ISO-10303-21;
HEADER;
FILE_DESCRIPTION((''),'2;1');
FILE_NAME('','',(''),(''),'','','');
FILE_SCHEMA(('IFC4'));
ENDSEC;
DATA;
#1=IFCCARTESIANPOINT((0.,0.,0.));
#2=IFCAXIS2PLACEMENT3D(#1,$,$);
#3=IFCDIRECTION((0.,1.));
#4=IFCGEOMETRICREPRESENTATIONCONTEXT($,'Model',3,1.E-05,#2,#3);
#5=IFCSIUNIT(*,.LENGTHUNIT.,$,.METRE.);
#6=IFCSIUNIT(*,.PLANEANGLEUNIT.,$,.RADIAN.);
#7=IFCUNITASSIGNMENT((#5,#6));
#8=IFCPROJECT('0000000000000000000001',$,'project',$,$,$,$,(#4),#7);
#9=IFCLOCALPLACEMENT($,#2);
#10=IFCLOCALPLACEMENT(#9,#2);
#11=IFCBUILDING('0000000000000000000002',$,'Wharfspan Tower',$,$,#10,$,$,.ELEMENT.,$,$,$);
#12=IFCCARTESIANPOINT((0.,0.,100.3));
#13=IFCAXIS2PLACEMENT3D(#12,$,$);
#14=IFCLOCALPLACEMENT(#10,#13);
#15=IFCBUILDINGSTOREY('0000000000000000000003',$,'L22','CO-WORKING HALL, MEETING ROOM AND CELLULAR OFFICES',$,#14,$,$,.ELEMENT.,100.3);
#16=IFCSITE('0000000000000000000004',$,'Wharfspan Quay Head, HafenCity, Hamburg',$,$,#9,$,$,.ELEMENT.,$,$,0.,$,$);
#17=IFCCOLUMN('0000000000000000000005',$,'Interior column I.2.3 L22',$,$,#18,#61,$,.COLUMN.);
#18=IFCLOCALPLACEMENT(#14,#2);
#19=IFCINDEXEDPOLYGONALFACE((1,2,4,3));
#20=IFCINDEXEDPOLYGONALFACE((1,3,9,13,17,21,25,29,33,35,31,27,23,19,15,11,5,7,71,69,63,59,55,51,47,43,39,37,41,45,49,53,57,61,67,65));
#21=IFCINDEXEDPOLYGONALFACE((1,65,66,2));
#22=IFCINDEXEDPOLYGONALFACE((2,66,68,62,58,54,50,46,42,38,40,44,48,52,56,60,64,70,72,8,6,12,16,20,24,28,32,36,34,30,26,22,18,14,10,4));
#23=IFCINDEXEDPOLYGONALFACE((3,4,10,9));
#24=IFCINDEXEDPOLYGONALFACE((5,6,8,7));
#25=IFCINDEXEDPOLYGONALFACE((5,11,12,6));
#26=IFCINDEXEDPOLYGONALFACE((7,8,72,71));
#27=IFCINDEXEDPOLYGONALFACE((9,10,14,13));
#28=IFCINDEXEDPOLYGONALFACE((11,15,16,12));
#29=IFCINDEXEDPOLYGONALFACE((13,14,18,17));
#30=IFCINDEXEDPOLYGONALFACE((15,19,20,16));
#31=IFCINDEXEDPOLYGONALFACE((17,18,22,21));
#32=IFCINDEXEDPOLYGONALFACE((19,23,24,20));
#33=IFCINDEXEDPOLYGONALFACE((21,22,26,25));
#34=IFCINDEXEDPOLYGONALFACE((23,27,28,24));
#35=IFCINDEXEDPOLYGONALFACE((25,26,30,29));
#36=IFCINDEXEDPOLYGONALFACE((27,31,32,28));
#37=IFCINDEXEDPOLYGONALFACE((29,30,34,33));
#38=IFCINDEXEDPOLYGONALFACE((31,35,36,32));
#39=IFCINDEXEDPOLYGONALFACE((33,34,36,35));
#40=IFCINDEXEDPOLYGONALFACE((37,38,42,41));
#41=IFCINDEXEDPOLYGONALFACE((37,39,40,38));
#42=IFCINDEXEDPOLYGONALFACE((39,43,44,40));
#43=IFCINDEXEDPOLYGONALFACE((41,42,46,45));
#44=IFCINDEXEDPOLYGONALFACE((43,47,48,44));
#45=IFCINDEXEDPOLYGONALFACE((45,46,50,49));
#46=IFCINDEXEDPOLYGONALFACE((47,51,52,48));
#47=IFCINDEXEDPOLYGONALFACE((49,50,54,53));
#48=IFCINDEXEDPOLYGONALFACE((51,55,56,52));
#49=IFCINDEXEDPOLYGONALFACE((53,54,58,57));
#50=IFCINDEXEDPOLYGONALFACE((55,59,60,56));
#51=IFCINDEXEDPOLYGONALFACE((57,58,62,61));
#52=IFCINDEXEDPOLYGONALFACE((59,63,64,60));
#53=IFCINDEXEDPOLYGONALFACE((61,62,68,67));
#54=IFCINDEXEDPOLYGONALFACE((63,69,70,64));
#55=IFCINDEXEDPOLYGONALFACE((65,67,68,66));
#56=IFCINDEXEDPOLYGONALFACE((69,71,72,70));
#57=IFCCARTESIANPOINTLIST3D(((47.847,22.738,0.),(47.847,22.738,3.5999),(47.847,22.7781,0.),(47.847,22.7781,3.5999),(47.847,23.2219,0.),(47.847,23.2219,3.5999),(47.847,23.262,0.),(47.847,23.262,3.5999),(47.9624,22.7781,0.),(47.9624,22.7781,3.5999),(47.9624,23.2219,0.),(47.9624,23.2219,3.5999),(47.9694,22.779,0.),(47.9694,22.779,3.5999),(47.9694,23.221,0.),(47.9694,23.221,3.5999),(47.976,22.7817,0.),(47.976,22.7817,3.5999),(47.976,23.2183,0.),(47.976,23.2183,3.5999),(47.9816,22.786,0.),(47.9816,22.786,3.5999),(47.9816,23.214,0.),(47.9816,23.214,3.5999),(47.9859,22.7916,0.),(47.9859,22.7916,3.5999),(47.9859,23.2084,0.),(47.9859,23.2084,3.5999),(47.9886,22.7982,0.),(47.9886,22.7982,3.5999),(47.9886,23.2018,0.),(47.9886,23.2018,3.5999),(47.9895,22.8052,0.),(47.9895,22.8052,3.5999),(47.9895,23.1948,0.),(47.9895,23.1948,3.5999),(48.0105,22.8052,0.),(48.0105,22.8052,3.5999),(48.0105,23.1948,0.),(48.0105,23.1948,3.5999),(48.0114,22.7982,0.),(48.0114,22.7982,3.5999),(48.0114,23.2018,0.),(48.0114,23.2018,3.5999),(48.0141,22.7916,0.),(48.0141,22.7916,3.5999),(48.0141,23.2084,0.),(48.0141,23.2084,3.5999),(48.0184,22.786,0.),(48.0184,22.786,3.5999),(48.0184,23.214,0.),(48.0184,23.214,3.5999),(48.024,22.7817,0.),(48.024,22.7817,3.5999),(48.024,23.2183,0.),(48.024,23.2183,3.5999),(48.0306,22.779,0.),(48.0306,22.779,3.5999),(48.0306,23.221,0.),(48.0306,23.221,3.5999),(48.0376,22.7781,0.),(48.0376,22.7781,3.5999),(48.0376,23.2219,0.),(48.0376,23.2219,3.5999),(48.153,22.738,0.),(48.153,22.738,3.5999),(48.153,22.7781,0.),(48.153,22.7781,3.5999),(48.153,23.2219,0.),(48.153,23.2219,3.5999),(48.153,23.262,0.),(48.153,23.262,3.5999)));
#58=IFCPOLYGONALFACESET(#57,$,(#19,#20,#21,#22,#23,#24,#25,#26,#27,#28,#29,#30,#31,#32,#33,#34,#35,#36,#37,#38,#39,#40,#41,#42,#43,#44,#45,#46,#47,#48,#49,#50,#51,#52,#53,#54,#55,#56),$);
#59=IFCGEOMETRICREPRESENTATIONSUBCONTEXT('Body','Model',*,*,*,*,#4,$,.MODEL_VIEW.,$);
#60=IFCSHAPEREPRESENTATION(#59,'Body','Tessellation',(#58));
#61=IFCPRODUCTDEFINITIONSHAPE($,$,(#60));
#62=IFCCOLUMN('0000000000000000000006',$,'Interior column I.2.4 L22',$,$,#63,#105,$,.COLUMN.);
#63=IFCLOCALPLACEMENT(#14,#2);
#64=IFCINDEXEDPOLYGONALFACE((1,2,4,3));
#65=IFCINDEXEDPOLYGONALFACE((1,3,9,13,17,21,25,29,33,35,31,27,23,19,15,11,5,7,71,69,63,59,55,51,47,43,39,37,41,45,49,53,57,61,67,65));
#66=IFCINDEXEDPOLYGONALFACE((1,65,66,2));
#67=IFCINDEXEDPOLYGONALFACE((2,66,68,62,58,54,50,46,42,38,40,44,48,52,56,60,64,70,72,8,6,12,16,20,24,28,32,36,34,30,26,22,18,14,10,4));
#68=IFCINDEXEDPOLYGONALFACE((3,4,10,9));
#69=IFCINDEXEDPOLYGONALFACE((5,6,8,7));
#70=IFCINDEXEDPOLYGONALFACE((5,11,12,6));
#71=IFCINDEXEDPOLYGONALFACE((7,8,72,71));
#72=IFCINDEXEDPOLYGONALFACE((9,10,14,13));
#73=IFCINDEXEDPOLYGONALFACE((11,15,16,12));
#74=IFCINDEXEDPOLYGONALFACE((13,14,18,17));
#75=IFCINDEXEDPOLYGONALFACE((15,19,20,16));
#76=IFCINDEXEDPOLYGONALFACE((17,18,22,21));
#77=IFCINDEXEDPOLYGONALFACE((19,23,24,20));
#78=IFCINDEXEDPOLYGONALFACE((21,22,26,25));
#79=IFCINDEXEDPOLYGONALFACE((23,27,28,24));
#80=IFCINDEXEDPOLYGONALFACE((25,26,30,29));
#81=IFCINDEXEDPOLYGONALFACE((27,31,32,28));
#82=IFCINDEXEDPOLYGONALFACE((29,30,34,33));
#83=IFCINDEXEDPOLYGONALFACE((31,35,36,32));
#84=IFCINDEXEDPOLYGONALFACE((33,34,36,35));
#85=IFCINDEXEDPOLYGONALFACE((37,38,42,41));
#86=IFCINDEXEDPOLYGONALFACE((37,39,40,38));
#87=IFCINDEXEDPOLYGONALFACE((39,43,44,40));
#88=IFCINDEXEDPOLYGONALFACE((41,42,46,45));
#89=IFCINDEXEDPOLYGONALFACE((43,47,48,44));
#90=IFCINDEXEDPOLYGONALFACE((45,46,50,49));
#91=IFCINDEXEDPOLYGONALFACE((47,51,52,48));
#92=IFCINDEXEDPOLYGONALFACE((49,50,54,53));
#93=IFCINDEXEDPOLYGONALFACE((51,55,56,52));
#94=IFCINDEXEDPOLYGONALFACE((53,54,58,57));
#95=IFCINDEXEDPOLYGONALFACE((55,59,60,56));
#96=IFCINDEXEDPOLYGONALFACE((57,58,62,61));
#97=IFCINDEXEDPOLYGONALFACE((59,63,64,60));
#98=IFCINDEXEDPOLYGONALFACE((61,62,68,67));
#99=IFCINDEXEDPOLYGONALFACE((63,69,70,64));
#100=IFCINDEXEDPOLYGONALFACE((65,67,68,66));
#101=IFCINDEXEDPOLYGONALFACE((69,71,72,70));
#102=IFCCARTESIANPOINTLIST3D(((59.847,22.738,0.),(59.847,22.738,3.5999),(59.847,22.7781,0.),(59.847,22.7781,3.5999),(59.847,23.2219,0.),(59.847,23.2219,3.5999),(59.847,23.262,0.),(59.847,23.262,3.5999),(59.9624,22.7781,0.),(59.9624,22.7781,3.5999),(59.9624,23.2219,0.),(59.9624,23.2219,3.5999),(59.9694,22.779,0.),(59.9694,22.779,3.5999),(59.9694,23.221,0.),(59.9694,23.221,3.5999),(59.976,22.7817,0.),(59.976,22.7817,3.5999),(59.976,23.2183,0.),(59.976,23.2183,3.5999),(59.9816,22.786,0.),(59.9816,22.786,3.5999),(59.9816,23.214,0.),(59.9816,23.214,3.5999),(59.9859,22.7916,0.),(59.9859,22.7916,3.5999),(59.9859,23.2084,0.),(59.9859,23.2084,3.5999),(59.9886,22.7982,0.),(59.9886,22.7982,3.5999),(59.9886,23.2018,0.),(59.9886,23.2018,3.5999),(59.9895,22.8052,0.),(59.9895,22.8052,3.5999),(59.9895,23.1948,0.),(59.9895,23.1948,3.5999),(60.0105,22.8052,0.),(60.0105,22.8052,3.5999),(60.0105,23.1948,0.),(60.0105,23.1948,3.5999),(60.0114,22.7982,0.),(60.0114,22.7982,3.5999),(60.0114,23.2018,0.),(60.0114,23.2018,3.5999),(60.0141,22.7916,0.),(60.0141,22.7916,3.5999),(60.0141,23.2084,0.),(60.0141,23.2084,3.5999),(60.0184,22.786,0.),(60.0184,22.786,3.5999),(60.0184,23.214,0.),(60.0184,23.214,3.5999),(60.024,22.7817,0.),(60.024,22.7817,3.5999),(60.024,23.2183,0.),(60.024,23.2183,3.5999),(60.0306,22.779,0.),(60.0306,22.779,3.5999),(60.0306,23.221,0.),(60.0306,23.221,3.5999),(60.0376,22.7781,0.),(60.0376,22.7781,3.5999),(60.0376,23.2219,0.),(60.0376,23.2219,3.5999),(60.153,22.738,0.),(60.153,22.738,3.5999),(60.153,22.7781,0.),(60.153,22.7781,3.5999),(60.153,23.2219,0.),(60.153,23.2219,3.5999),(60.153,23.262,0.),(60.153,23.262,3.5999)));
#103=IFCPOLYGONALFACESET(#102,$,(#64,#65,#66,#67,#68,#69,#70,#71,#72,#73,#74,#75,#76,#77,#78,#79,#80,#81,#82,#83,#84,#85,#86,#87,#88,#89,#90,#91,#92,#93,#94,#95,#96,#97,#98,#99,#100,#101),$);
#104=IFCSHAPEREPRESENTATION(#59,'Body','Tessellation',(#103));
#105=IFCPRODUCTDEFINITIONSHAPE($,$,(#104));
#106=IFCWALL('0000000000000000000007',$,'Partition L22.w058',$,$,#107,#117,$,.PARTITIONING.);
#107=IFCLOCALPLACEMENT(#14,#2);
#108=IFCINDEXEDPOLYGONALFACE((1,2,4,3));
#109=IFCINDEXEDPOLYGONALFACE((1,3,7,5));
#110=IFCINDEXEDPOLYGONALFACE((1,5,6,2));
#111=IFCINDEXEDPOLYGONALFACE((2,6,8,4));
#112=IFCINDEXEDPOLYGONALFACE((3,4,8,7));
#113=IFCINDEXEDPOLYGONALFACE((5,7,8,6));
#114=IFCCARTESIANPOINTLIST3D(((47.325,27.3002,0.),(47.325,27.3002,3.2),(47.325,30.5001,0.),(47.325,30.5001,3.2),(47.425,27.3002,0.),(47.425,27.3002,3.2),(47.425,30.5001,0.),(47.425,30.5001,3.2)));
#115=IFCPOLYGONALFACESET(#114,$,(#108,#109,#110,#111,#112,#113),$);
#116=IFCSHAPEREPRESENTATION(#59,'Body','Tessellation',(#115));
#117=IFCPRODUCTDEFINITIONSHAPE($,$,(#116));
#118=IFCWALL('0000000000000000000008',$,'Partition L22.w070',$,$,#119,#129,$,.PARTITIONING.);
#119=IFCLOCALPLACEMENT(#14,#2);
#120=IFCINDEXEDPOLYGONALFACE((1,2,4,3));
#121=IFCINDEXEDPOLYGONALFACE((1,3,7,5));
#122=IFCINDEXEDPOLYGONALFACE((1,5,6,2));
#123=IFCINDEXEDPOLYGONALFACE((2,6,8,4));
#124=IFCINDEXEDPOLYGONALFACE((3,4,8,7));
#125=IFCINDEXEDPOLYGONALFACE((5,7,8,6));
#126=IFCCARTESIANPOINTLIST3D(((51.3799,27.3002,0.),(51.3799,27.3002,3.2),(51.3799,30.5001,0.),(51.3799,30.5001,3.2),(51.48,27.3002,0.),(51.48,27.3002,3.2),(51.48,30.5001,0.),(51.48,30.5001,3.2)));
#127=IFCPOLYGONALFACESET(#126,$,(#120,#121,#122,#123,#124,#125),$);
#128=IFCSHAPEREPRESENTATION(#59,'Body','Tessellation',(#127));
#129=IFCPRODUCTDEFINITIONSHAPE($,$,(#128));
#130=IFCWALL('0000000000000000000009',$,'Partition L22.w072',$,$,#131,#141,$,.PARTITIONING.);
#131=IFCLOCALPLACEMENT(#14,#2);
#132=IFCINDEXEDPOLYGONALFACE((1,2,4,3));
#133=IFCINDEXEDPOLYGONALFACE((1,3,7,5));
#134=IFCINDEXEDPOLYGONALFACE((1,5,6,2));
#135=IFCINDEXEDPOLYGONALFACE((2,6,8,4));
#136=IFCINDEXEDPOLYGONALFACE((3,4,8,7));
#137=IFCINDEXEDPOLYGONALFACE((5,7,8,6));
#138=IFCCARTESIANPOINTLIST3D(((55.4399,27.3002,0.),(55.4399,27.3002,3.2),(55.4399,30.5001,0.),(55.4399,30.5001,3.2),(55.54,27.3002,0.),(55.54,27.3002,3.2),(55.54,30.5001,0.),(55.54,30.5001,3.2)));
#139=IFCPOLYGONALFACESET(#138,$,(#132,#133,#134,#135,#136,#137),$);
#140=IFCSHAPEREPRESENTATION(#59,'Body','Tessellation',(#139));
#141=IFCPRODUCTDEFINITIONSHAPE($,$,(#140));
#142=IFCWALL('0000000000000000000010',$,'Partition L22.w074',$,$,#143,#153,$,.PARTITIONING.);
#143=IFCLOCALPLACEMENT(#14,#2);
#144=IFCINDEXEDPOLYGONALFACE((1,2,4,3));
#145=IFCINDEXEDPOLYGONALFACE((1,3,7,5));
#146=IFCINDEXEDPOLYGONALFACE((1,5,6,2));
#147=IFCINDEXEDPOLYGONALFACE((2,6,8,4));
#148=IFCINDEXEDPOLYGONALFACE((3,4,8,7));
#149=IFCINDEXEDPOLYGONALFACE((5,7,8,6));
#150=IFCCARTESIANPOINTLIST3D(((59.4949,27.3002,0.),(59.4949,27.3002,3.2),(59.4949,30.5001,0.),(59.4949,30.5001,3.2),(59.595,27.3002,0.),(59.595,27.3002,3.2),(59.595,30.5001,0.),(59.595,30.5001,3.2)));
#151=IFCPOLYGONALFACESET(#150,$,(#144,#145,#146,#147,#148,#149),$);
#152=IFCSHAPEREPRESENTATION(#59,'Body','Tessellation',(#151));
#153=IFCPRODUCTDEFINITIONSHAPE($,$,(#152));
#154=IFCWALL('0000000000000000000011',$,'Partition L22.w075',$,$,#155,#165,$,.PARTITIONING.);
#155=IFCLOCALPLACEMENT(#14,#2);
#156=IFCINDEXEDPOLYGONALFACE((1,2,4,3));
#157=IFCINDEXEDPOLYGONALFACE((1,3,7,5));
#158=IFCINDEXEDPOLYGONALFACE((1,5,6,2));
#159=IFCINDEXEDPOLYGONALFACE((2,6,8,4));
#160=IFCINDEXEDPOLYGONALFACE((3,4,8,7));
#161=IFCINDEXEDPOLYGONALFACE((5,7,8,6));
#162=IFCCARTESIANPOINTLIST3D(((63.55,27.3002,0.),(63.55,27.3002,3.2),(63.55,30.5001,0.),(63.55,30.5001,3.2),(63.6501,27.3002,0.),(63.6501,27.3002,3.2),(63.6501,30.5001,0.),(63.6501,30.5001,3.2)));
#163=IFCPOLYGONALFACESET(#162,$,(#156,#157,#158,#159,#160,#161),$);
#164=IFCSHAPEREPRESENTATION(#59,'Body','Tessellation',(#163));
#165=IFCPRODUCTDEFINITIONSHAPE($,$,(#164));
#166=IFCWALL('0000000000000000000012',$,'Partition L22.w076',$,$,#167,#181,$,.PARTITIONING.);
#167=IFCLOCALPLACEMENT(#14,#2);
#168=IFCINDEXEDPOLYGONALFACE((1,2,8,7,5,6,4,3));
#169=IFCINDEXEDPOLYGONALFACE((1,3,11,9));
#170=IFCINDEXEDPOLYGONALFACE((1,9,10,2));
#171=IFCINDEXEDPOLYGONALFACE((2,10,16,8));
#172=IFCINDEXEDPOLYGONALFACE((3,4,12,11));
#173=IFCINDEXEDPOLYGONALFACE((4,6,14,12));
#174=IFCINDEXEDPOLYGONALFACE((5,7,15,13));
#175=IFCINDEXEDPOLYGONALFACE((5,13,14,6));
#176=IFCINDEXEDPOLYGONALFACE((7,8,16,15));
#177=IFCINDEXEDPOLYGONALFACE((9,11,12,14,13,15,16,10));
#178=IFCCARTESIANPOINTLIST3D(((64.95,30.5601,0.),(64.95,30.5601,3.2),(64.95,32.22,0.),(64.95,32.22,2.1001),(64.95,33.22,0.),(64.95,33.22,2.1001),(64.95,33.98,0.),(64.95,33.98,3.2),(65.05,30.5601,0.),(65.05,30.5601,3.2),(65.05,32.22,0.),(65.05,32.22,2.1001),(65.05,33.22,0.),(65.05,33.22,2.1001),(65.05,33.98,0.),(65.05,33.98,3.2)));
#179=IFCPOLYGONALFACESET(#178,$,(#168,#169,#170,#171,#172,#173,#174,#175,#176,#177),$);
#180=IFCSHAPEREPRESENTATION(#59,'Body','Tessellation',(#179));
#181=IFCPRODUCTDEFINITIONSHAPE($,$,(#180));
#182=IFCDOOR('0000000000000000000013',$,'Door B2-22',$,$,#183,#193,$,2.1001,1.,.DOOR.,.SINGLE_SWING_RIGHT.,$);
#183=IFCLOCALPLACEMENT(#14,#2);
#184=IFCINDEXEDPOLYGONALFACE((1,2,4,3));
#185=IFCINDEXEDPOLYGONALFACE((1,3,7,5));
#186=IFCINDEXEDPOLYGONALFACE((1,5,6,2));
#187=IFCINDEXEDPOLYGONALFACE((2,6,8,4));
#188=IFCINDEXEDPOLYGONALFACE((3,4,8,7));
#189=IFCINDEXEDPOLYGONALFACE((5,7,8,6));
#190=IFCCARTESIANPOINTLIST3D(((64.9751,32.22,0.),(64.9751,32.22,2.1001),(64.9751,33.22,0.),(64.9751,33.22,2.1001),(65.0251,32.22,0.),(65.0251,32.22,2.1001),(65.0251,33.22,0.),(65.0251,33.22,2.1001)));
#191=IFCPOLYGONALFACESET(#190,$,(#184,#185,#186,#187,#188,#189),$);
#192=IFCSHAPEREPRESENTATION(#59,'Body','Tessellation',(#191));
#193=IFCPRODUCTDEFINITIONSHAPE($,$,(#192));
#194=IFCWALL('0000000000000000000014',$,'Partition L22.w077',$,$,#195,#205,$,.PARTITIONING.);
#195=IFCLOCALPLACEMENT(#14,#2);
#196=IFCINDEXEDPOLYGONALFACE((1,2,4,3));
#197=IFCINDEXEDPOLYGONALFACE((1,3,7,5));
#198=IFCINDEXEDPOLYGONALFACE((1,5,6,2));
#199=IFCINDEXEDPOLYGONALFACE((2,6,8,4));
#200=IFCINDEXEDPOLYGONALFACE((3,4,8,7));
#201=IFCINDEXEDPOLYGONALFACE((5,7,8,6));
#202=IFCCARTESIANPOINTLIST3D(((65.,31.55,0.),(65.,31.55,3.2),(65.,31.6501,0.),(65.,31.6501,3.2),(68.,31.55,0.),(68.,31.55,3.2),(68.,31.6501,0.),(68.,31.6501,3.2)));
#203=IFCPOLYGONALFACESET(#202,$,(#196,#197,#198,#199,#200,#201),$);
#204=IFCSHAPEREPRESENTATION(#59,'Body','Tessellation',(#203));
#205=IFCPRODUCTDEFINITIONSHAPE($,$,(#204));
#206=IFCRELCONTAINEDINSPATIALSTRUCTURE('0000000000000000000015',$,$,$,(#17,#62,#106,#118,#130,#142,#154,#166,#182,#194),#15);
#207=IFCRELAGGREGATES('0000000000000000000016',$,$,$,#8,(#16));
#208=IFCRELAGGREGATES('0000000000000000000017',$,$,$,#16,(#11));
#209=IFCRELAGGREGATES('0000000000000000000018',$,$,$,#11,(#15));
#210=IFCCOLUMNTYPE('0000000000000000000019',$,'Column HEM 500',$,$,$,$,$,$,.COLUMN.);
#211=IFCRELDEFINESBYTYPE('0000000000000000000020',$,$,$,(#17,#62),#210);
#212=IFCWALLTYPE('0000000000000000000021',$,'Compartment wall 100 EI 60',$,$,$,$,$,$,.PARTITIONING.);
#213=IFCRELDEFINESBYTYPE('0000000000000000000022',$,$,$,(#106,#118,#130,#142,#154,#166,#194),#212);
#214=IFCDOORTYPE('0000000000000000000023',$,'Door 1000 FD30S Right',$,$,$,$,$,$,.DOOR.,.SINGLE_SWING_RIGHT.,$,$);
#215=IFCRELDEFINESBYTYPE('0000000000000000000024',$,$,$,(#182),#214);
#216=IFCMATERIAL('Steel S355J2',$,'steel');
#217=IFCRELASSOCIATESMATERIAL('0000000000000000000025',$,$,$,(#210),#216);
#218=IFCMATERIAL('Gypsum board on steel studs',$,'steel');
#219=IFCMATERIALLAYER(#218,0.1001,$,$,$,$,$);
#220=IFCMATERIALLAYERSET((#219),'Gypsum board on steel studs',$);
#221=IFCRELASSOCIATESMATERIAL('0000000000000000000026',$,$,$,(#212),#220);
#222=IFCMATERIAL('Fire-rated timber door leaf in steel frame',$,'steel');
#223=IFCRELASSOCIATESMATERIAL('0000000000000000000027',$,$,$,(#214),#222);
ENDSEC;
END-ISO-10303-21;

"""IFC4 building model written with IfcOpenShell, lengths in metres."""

from ifc_helpers import new_model, si_unit, direction, frame, frame_2d, origin, origin_2d, place, context, subcontext, project, spatial, rectangle, i_section, extrude, material, layer, layer_set, material_profile, profile_set, type_object, element, fill, save


model = new_model("IFC4")

# Units and contexts
model_context = context("Model", 3, precision=1e-05, world=origin(), true_north=direction((0.0, 1.0)))
body_context = subcontext(model_context, "Body", "Model", "MODEL_VIEW")
ifc_project = project(units=[si_unit("LENGTHUNIT", "METRE"), si_unit("PLANEANGLEUNIT", "RADIAN")], contexts=[model_context])

# Site, building, storey
site_placement = place(None, origin())
site = spatial("IfcSite", under=ifc_project, at=site_placement, Name="Wharfspan Quay Head, HafenCity, Hamburg", CompositionType="ELEMENT", RefElevation=0.0)
building_placement = place(site_placement, origin())
building = spatial("IfcBuilding", under=site, at=building_placement, Name="Wharfspan Tower", CompositionType="ELEMENT")
storey_placement = place(building_placement, frame((0.0, 0.0, 100.3)))
storey = spatial("IfcBuildingStorey", under=building, at=storey_placement, Name="L22", Description="CO-WORKING HALL, MEETING ROOM AND CELLULAR OFFICES", CompositionType="ELEMENT", Elevation=100.3)

# Columns
ifc_material_1 = material(Name="Steel S355J2", Category="steel")
ifc_material_profile = material_profile(ifc_material_1, i_section(OverallWidth=0.3059, OverallDepth=0.5239, WebThickness=0.021, FlangeThickness=0.04, FilletRadius=0.0271, at=origin_2d()))
ifc_profile_set = profile_set([ifc_material_profile], Name="Steel S355J2")
column_type = type_object("IfcColumnType", Name="Column HEM 500", PredefinedType="COLUMN", material=ifc_profile_set)
for number, where, z_axis, x_axis, name in (
    (1, (48.0, 23.0, 0.0), (0.0, 0.0, 1.0), (1.0, 0.0, 0.0), "Interior column I.2.3 L22"),
    (2, (60.0, 23.0, 0.0), (0.0, 0.0, 1.0), (1.0, 0.0, 0.0), "Interior column I.2.4 L22"),
):
    element("IfcColumn", number, at=place(storey_placement, frame(where, z_axis=z_axis, x_axis=x_axis)), inside=storey, type_object=column_type, Name=name, PredefinedType="COLUMN", context=body_context, shape_type="SweptSolid", body=[
        extrude(i_section(OverallWidth=0.3059, OverallDepth=0.5239, WebThickness=0.021, FlangeThickness=0.04, FilletRadius=0.0271, at=origin_2d()), origin(), (0.0, 0.0, 1.0), 3.5999),
    ])

# Walls
ifc_material_2 = material(Name="Gypsum board on steel studs", Category="steel")
ifc_layer_1 = layer(ifc_material_2, 0.1001)
ifc_layer_set_1 = layer_set([ifc_layer_1], Name="Gypsum board on steel studs")
wall_type_1 = type_object("IfcWallType", Name="Compartment wall 100 EI 60", PredefinedType="PARTITIONING", material=ifc_layer_set_1)
for number, where, z_axis, x_axis, name in (
    (3, (47.375, 27.3, 0.0), (0.0, 0.0, 1.0), (0.0, 1.0, 0.0), "Partition L22.w058"),
    (4, (51.4299, 27.3, 0.0), (0.0, 0.0, 1.0), (0.0, 1.0, 0.0), "Partition L22.w070"),
    (5, (55.49, 27.3, 0.0), (0.0, 0.0, 1.0), (0.0, 1.0, 0.0), "Partition L22.w072"),
    (6, (59.5449, 27.3, 0.0), (0.0, 0.0, 1.0), (0.0, 1.0, 0.0), "Partition L22.w074"),
    (7, (63.6001, 27.3, 0.0), (0.0, 0.0, 1.0), (0.0, 1.0, 0.0), "Partition L22.w075"),
):
    element("IfcWall", number, at=place(storey_placement, frame(where, z_axis=z_axis, x_axis=x_axis)), inside=storey, type_object=wall_type_1, Name=name, PredefinedType="PARTITIONING", context=body_context, shape_type="SweptSolid", body=[
        extrude(rectangle(XDim=3.2, YDim=0.1001, at=frame_2d((1.6001, 0.0))), origin(), (0.0, 0.0, 1.0), 3.2),
    ])

# Wall, opening, door
wall_1_placement = place(storey_placement, frame((65.0, 30.5601, 0.0), z_axis=(0.0, 0.0, 1.0), x_axis=(0.0, 1.0, 0.0)))
wall_1 = element("IfcWall", 8, at=wall_1_placement, inside=storey, type_object=wall_type_1, Name="Partition L22.w076", PredefinedType="PARTITIONING", context=body_context, shape_type="SweptSolid", body=[
    extrude(rectangle(XDim=3.4199, YDim=0.1001, at=frame_2d((1.71, 0.0))), origin(), (0.0, 0.0, 1.0), 3.2),
])
opening_1_placement = place(wall_1_placement, frame((1.6599, 0.0, 0.0)))
opening_1 = element("IfcOpeningElement", 9, at=opening_1_placement, cuts=wall_1, PredefinedType="OPENING", context=body_context, shape_type="SweptSolid", body=[
    extrude(rectangle(XDim=1.0, YDim=2.1001, at=frame_2d((0.5, 1.05))), frame((0.0, 0.0601, 0.0), z_axis=(0.0, -1.0, 0.0), x_axis=(1.0, 0.0, 0.0)), (0.0, 0.0, 1.0), 0.1201),
])
ifc_material_3 = material(Name="Fire-rated timber door leaf in steel frame", Category="steel")
door_type_1 = type_object("IfcDoorType", Name="Door 1000 FD30S Right", OperationType="SINGLE_SWING_RIGHT", PredefinedType="DOOR", material=ifc_material_3)
door_1_placement = place(opening_1_placement, origin())
door_1 = element("IfcDoor", 10, at=door_1_placement, inside=storey, type_object=door_type_1, Name="Door B2-22", OperationType="SINGLE_SWING_RIGHT", OverallHeight=2.1001, OverallWidth=1.0, PredefinedType="DOOR", context=body_context, shape_type="SweptSolid", body=[
    extrude(rectangle(XDim=1.0, YDim=2.1001, at=frame_2d((0.5, 1.05))), frame((0.0, 0.0249, 0.0), z_axis=(0.0, -1.0, 0.0), x_axis=(1.0, 0.0, 0.0)), (0.0, 0.0, 1.0), 0.05),
])
fill(opening_1, door_1)

# Wall
wall_2_placement = place(storey_placement, frame((65.0, 31.6001, 0.0), z_axis=(0.0, 0.0, 1.0), x_axis=(1.0, 0.0, 0.0)))
element("IfcWall", 11, at=wall_2_placement, inside=storey, type_object=wall_type_1, Name="Partition L22.w077", PredefinedType="PARTITIONING", context=body_context, shape_type="SweptSolid", body=[
    extrude(rectangle(XDim=3.0, YDim=0.1001, at=frame_2d((1.5, 0.0))), origin(), (0.0, 0.0, 1.0), 3.2),
])

save(model, "model.ifc")
